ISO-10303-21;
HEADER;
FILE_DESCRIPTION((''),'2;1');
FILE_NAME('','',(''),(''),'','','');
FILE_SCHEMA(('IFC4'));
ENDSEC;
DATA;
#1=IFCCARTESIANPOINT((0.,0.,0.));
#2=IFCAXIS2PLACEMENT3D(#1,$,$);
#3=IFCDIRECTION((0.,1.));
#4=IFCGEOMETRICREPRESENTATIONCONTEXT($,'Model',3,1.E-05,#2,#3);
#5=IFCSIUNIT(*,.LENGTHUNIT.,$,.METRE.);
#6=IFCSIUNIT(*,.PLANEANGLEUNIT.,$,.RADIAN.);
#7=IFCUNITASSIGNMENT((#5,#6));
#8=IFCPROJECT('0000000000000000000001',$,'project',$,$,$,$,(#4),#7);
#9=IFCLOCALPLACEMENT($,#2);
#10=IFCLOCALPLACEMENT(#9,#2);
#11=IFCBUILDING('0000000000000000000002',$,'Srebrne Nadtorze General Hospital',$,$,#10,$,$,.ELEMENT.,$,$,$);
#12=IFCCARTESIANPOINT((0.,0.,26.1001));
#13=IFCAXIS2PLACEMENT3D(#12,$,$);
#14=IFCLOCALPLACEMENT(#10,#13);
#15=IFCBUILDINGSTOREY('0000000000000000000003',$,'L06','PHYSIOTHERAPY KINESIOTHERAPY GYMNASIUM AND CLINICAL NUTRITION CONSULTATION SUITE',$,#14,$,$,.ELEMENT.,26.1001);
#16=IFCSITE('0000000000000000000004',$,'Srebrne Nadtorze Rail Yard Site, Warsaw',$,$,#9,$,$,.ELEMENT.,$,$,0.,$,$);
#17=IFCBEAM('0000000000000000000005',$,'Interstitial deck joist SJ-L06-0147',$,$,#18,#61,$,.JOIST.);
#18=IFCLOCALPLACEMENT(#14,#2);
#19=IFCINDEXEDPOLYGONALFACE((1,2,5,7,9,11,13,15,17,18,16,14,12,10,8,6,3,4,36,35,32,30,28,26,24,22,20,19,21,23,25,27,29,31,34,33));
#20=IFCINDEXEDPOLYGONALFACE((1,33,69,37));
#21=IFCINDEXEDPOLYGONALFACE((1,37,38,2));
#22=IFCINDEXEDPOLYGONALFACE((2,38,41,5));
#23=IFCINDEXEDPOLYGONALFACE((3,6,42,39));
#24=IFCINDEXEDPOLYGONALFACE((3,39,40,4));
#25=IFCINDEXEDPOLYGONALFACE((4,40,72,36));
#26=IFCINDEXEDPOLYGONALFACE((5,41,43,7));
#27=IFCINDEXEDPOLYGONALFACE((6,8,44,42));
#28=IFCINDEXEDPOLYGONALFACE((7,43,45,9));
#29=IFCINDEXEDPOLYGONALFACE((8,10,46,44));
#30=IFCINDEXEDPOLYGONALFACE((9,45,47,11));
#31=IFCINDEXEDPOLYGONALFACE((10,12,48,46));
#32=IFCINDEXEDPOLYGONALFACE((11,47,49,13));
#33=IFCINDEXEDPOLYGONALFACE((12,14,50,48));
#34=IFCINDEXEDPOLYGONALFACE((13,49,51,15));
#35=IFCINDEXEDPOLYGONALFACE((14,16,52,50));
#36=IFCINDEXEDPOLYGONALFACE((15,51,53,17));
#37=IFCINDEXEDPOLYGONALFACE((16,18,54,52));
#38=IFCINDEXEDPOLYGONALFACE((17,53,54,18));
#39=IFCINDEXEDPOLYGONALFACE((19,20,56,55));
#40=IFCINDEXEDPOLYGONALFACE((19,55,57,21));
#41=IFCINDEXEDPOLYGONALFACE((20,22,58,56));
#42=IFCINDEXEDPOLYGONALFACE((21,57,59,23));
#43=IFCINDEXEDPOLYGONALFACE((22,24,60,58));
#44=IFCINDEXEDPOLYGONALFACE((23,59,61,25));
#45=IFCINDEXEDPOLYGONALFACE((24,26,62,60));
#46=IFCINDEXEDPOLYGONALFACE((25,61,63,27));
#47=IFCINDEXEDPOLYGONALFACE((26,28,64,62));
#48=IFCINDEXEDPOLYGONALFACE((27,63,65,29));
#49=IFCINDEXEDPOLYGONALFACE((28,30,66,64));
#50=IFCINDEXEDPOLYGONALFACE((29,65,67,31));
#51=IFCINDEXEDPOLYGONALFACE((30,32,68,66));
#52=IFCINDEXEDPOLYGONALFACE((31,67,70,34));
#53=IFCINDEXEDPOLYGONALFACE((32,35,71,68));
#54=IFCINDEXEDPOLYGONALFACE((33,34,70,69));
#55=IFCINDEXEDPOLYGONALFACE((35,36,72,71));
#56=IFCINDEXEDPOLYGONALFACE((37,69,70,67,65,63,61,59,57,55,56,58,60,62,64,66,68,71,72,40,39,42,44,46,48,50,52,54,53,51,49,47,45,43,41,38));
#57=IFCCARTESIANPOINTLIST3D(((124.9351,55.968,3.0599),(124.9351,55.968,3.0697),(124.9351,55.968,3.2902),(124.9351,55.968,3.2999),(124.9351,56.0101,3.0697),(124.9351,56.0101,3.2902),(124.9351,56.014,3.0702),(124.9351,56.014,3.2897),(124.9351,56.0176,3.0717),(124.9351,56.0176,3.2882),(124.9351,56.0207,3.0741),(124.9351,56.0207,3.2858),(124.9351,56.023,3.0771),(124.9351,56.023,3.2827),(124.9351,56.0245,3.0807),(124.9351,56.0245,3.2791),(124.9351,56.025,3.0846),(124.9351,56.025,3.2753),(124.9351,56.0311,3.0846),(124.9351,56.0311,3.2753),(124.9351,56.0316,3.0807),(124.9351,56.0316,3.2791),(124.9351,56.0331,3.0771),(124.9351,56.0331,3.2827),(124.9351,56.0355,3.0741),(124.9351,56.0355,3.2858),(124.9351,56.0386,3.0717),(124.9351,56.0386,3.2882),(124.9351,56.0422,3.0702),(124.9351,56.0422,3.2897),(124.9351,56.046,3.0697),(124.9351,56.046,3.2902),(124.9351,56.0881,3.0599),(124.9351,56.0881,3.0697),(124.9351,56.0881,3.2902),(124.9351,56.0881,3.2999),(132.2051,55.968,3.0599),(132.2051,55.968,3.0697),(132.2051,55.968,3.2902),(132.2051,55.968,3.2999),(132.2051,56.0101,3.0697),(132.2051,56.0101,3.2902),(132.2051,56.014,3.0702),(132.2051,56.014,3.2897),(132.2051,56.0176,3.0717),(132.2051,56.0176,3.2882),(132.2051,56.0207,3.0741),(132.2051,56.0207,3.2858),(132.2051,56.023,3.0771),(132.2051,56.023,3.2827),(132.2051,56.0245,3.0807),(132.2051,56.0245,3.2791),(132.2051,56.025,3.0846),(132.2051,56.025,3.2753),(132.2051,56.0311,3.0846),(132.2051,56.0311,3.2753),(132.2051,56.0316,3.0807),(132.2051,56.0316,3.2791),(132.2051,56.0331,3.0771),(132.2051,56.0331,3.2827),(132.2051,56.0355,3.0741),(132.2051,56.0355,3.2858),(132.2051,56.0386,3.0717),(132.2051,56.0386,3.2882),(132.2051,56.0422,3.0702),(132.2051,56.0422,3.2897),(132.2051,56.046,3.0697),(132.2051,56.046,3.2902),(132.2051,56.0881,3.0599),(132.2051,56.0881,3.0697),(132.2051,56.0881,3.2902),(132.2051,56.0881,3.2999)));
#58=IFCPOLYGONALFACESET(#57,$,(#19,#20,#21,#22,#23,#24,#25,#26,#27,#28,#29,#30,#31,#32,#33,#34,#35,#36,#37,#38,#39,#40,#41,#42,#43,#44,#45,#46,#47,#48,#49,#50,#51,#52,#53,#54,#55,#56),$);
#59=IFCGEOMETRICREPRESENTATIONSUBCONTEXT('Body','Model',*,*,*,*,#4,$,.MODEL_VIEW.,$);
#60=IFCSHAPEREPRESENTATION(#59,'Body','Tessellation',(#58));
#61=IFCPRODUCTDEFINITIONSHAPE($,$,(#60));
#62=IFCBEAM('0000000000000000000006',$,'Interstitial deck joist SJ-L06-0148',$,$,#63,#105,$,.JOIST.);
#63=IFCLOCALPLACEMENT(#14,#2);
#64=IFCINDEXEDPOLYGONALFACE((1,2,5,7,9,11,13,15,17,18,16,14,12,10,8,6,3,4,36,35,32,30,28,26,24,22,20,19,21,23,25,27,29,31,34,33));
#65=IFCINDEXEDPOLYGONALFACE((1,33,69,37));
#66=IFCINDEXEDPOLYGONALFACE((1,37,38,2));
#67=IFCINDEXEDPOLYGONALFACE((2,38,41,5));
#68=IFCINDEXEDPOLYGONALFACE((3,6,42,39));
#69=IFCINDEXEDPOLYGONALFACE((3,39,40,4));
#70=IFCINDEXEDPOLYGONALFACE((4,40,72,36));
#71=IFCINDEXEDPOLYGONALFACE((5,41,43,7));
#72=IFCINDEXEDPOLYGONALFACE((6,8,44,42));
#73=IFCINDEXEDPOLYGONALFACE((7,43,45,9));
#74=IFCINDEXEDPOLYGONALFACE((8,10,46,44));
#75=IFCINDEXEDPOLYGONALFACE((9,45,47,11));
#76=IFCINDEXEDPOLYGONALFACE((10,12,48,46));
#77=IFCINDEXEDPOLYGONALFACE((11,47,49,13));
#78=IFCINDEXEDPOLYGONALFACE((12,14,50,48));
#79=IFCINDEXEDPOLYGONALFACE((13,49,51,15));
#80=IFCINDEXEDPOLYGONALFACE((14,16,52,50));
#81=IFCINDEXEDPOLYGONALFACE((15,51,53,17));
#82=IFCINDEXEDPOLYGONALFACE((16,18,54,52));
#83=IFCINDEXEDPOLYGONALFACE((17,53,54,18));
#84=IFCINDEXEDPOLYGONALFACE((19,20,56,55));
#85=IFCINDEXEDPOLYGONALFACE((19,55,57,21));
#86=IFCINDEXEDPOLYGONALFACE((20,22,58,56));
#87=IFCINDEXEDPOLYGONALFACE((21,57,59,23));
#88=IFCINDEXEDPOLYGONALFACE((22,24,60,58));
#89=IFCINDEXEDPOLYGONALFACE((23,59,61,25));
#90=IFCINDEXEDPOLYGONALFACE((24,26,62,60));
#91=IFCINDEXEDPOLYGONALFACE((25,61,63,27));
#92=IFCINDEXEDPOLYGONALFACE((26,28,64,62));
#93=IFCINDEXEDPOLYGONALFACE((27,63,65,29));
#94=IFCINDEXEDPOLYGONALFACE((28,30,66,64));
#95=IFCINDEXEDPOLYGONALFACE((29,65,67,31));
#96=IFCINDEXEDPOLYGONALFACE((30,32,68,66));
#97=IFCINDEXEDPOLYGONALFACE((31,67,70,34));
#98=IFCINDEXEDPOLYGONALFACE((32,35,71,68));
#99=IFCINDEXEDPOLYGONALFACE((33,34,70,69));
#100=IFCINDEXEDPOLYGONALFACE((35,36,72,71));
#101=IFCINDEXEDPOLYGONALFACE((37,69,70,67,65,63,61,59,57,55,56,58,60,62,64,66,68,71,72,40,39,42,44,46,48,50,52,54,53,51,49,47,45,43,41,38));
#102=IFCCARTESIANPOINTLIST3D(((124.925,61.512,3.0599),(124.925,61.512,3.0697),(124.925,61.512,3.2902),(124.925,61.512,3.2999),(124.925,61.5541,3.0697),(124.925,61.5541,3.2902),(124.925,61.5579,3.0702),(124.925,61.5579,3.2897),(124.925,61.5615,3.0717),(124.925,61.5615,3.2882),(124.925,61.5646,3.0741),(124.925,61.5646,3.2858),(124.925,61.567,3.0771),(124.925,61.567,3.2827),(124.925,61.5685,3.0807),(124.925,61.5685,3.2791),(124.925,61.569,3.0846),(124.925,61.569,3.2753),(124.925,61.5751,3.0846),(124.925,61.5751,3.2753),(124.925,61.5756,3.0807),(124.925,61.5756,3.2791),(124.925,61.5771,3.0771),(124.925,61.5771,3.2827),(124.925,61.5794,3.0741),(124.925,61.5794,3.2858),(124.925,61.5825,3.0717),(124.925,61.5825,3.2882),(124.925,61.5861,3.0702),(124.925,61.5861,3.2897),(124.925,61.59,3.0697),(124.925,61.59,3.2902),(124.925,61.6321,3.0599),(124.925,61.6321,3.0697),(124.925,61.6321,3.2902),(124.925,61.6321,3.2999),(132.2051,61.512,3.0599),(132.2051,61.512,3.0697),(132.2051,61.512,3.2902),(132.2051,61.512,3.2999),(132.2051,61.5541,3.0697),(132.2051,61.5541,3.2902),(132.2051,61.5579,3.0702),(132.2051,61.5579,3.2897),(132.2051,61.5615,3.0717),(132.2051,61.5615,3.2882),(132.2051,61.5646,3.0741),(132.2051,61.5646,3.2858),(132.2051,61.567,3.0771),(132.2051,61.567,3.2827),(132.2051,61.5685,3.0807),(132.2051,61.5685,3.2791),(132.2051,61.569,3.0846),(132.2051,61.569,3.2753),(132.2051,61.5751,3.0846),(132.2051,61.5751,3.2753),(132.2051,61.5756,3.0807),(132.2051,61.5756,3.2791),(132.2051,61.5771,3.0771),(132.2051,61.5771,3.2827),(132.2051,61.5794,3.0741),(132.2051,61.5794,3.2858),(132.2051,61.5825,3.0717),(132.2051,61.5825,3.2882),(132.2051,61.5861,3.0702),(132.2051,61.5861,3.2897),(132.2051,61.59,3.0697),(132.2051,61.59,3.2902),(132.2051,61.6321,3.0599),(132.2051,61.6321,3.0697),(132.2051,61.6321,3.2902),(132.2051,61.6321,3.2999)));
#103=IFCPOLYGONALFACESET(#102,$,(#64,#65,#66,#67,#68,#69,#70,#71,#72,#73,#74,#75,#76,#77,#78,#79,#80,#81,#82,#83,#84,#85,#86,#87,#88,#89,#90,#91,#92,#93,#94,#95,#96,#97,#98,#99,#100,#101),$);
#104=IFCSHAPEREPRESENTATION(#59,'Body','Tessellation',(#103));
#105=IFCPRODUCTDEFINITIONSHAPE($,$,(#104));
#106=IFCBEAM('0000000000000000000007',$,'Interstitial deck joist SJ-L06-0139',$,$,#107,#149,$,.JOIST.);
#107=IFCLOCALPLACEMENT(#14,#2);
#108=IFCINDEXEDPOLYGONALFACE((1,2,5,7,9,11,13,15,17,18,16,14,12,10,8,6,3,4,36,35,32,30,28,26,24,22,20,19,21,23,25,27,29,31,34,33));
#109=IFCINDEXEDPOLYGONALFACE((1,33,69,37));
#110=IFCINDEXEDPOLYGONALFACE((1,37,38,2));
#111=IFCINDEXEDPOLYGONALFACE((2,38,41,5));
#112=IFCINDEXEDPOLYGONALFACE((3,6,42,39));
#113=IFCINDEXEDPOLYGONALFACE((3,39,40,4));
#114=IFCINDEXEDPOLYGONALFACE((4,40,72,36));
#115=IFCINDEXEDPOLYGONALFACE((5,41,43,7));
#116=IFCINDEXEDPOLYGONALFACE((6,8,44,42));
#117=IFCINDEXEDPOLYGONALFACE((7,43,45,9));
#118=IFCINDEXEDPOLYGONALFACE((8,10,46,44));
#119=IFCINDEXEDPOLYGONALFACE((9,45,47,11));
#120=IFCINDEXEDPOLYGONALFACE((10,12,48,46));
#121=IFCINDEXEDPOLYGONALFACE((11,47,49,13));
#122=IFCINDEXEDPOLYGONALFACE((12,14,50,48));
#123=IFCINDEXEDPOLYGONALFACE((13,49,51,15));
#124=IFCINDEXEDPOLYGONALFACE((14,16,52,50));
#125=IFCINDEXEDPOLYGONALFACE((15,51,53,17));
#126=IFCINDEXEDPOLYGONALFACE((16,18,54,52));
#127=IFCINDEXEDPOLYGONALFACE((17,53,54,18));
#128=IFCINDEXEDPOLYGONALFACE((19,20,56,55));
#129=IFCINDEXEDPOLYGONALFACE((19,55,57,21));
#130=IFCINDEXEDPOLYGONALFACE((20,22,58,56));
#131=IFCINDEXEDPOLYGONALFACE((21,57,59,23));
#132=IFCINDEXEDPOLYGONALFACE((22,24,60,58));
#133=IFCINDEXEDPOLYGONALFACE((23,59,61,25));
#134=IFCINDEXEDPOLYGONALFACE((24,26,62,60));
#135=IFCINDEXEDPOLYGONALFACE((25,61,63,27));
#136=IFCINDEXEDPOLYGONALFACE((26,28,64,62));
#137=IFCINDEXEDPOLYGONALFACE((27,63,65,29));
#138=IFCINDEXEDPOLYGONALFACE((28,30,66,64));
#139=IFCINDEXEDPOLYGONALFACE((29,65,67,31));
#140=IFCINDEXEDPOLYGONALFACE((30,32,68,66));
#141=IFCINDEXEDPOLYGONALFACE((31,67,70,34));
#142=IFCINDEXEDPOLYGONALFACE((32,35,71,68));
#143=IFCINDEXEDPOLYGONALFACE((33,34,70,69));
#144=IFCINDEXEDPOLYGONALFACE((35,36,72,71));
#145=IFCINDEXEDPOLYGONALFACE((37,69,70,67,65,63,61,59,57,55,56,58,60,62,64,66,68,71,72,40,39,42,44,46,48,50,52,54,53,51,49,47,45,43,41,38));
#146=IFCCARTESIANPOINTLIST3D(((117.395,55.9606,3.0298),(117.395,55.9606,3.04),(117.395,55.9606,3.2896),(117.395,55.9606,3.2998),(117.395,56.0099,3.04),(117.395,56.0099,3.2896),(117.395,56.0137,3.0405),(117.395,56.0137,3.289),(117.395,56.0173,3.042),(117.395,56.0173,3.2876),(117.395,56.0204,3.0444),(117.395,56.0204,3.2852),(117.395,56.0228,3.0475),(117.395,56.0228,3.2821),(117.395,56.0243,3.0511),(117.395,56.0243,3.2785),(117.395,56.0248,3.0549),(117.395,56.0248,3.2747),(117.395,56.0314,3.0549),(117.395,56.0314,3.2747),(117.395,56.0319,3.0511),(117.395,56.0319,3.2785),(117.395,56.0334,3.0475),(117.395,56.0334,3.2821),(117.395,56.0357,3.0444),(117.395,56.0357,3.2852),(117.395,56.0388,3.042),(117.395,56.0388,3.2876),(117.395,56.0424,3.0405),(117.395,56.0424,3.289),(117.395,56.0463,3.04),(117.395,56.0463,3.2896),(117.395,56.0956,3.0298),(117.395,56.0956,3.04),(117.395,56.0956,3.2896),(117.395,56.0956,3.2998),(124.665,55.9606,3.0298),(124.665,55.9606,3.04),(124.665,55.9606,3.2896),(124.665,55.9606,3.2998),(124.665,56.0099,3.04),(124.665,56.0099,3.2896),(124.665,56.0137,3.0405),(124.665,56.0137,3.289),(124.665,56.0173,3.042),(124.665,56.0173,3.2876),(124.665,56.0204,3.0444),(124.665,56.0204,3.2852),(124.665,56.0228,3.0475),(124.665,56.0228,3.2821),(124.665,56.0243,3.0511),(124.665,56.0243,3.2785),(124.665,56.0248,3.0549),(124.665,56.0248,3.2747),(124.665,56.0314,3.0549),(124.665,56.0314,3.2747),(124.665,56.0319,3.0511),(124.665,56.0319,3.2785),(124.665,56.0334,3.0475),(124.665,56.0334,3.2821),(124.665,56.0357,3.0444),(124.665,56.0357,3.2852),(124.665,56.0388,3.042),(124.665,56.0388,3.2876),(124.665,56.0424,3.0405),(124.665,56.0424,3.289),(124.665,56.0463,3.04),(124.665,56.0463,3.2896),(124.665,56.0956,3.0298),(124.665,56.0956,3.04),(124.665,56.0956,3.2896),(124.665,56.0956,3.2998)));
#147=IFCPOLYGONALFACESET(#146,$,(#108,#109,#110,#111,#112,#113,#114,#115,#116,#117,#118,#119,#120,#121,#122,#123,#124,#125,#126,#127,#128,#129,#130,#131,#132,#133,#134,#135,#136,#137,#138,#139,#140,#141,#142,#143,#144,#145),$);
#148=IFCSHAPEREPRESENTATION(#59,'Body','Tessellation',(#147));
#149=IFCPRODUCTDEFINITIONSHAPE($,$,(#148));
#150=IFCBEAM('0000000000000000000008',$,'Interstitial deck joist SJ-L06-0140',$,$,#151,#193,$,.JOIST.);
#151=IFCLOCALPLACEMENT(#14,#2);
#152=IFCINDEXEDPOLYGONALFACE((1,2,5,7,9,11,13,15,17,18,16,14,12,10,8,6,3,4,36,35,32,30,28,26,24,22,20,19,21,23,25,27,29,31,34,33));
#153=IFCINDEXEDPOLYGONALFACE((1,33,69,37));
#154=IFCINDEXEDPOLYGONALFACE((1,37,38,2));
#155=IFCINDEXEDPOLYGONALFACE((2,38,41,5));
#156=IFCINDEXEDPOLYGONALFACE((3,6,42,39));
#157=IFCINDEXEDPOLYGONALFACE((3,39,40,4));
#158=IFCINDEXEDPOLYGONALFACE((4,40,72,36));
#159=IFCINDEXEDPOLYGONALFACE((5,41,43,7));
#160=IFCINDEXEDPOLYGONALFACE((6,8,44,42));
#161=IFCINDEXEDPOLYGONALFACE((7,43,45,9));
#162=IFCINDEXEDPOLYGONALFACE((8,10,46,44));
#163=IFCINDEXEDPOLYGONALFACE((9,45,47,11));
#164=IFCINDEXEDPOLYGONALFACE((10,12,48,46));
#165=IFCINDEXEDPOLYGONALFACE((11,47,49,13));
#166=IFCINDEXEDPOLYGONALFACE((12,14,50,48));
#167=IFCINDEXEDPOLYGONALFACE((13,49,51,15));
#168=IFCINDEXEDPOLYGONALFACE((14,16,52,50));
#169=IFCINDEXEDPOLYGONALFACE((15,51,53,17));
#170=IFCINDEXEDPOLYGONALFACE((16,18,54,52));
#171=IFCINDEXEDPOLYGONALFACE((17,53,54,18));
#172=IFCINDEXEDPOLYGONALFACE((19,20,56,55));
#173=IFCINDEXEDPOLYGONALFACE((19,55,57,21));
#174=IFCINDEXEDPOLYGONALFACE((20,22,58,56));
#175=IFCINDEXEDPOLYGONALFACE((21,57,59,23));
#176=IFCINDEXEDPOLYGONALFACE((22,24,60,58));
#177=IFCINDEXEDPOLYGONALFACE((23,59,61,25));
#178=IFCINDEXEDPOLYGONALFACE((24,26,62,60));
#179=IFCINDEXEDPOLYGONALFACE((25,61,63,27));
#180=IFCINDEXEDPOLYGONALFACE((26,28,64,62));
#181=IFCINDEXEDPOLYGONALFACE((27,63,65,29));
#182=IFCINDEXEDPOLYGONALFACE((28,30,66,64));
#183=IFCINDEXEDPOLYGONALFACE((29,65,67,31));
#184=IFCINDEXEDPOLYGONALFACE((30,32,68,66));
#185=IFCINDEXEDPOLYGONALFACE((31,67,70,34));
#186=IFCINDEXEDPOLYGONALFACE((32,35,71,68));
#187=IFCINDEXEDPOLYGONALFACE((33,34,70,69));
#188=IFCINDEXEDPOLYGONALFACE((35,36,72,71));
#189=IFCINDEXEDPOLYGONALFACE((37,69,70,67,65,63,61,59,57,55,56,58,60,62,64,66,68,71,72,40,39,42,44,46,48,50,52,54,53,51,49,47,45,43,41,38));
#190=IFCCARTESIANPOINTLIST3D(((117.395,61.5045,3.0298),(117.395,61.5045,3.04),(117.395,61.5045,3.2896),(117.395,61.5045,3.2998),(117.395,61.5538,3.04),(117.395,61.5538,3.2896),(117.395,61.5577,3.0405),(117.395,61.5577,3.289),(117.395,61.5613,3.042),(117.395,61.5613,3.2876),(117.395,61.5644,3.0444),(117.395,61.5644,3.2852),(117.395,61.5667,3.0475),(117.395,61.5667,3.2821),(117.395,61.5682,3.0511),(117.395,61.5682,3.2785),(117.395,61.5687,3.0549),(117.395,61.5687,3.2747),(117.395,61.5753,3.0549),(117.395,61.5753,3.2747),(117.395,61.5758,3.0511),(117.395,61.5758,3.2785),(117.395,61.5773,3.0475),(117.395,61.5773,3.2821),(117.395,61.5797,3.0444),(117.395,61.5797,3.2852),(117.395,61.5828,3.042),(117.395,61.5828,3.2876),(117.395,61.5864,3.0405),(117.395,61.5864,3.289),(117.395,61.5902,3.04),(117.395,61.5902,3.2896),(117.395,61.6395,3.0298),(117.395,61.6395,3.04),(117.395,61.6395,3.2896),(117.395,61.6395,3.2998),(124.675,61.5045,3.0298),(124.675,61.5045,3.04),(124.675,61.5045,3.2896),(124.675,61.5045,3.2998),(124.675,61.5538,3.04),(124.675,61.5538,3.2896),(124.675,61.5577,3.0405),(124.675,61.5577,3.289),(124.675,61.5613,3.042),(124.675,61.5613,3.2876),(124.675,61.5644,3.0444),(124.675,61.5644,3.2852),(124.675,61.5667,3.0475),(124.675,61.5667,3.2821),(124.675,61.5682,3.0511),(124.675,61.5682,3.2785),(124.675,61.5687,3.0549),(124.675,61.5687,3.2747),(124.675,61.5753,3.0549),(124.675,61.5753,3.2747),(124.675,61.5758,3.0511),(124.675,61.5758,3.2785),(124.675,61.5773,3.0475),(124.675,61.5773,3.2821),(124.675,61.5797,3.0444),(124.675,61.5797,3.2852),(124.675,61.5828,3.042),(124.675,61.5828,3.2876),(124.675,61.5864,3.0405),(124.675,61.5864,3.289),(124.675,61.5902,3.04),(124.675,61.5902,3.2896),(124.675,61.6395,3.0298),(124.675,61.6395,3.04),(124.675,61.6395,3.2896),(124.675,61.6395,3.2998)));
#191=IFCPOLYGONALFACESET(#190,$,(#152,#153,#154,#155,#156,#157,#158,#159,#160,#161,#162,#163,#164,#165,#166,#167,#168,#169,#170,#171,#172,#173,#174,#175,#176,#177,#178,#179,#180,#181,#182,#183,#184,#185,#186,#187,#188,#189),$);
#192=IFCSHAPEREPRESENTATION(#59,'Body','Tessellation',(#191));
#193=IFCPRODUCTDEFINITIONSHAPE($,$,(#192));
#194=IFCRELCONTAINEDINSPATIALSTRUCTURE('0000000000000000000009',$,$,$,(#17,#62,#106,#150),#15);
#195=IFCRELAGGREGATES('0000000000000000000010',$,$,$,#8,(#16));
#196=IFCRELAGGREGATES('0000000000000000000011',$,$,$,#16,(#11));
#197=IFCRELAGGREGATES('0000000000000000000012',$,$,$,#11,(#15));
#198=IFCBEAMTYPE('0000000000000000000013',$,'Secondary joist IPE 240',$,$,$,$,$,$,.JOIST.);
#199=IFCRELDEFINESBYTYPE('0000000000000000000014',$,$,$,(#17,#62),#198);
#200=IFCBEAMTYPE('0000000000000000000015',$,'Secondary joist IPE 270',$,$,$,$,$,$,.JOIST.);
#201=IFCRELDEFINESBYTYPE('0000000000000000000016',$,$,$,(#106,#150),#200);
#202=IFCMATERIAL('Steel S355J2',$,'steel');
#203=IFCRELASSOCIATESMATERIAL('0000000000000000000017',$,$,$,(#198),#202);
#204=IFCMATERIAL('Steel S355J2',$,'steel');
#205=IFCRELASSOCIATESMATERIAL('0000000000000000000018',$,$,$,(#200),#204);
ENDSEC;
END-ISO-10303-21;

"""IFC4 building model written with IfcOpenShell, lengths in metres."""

from ifc_helpers import new_model, si_unit, direction, frame, origin, origin_2d, place, context, subcontext, project, spatial, i_section, extrude, material, material_profile, profile_set, type_object, element, save


model = new_model("IFC4")

# Units and contexts
model_context = context("Model", 3, precision=1e-05, world=origin(), true_north=direction((0.0, 1.0)))
body_context = subcontext(model_context, "Body", "Model", "MODEL_VIEW")
ifc_project = project(units=[si_unit("LENGTHUNIT", "METRE"), si_unit("PLANEANGLEUNIT", "RADIAN")], contexts=[model_context])

# Site, building, storey
site_placement = place(None, origin())
site = spatial("IfcSite", under=ifc_project, at=site_placement, Name="Srebrne Nadtorze Rail Yard Site, Warsaw", CompositionType="ELEMENT", RefElevation=0.0)
building_placement = place(site_placement, origin())
building = spatial("IfcBuilding", under=site, at=building_placement, Name="Srebrne Nadtorze General Hospital", CompositionType="ELEMENT")
storey_placement = place(building_placement, frame((0.0, 0.0, 26.1001)))
storey = spatial("IfcBuildingStorey", under=building, at=storey_placement, Name="L06", Description="PHYSIOTHERAPY KINESIOTHERAPY GYMNASIUM AND CLINICAL NUTRITION CONSULTATION SUITE", CompositionType="ELEMENT", Elevation=26.1001)

# Beams
ifc_material_1 = material(Name="Steel S355J2", Category="steel")
ifc_material_profile_1 = material_profile(ifc_material_1, i_section(OverallWidth=0.1201, OverallDepth=0.24, WebThickness=0.0061, FlangeThickness=0.0098, FilletRadius=0.0149, at=origin_2d()), Name="IPE-240")
ifc_profile_set_1 = profile_set([ifc_material_profile_1], Name="Steel S355J2")
beam_type_1 = type_object("IfcBeamType", Name="Secondary joist IPE 240", PredefinedType="JOIST", material=ifc_profile_set_1)
beam_1_placement = place(storey_placement, frame((124.9351, 56.0281, 3.1799), z_axis=(1.0, 0.0, 0.0), x_axis=(0.0, 1.0, 0.0)))
element("IfcBeam", 1, at=beam_1_placement, inside=storey, type_object=beam_type_1, Name="Interstitial deck joist SJ-L06-0147", PredefinedType="JOIST", context=body_context, shape_type="SweptSolid", body=[
    extrude(i_section(OverallWidth=0.1201, OverallDepth=0.24, WebThickness=0.0061, FlangeThickness=0.0098, FilletRadius=0.0149, at=origin_2d()), origin(), (0.0, 0.0, 1.0), 7.27),
])
beam_2_placement = place(storey_placement, frame((124.925, 61.572, 3.1799), z_axis=(1.0, 0.0, 0.0), x_axis=(0.0, 1.0, 0.0)))
element("IfcBeam", 2, at=beam_2_placement, inside=storey, type_object=beam_type_1, Name="Interstitial deck joist SJ-L06-0148", PredefinedType="JOIST", context=body_context, shape_type="SweptSolid", body=[
    extrude(i_section(OverallWidth=0.1201, OverallDepth=0.24, WebThickness=0.0061, FlangeThickness=0.0098, FilletRadius=0.0149, at=origin_2d()), origin(), (0.0, 0.0, 1.0), 7.28),
])
ifc_material_2 = material(Name="Steel S355J2", Category="steel")
ifc_material_profile_2 = material_profile(ifc_material_2, i_section(OverallWidth=0.135, OverallDepth=0.27, WebThickness=0.0066, FlangeThickness=0.0103, FilletRadius=0.0149, at=origin_2d()), Name="IPE-270")
ifc_profile_set_2 = profile_set([ifc_material_profile_2], Name="Steel S355J2")
beam_type_2 = type_object("IfcBeamType", Name="Secondary joist IPE 270", PredefinedType="JOIST", material=ifc_profile_set_2)
beam_3_placement = place(storey_placement, frame((117.395, 56.0281, 3.1648), z_axis=(1.0, 0.0, 0.0), x_axis=(0.0, 1.0, 0.0)))
element("IfcBeam", 3, at=beam_3_placement, inside=storey, type_object=beam_type_2, Name="Interstitial deck joist SJ-L06-0139", PredefinedType="JOIST", context=body_context, shape_type="SweptSolid", body=[
    extrude(i_section(OverallWidth=0.135, OverallDepth=0.27, WebThickness=0.0066, FlangeThickness=0.0103, FilletRadius=0.0149, at=origin_2d()), origin(), (0.0, 0.0, 1.0), 7.27),
])
beam_4_placement = place(storey_placement, frame((117.395, 61.572, 3.1648), z_axis=(1.0, 0.0, 0.0), x_axis=(0.0, 1.0, 0.0)))
element("IfcBeam", 4, at=beam_4_placement, inside=storey, type_object=beam_type_2, Name="Interstitial deck joist SJ-L06-0140", PredefinedType="JOIST", context=body_context, shape_type="SweptSolid", body=[
    extrude(i_section(OverallWidth=0.135, OverallDepth=0.27, WebThickness=0.0066, FlangeThickness=0.0103, FilletRadius=0.0149, at=origin_2d()), origin(), (0.0, 0.0, 1.0), 7.28),
])

save(model, "model.ifc")
